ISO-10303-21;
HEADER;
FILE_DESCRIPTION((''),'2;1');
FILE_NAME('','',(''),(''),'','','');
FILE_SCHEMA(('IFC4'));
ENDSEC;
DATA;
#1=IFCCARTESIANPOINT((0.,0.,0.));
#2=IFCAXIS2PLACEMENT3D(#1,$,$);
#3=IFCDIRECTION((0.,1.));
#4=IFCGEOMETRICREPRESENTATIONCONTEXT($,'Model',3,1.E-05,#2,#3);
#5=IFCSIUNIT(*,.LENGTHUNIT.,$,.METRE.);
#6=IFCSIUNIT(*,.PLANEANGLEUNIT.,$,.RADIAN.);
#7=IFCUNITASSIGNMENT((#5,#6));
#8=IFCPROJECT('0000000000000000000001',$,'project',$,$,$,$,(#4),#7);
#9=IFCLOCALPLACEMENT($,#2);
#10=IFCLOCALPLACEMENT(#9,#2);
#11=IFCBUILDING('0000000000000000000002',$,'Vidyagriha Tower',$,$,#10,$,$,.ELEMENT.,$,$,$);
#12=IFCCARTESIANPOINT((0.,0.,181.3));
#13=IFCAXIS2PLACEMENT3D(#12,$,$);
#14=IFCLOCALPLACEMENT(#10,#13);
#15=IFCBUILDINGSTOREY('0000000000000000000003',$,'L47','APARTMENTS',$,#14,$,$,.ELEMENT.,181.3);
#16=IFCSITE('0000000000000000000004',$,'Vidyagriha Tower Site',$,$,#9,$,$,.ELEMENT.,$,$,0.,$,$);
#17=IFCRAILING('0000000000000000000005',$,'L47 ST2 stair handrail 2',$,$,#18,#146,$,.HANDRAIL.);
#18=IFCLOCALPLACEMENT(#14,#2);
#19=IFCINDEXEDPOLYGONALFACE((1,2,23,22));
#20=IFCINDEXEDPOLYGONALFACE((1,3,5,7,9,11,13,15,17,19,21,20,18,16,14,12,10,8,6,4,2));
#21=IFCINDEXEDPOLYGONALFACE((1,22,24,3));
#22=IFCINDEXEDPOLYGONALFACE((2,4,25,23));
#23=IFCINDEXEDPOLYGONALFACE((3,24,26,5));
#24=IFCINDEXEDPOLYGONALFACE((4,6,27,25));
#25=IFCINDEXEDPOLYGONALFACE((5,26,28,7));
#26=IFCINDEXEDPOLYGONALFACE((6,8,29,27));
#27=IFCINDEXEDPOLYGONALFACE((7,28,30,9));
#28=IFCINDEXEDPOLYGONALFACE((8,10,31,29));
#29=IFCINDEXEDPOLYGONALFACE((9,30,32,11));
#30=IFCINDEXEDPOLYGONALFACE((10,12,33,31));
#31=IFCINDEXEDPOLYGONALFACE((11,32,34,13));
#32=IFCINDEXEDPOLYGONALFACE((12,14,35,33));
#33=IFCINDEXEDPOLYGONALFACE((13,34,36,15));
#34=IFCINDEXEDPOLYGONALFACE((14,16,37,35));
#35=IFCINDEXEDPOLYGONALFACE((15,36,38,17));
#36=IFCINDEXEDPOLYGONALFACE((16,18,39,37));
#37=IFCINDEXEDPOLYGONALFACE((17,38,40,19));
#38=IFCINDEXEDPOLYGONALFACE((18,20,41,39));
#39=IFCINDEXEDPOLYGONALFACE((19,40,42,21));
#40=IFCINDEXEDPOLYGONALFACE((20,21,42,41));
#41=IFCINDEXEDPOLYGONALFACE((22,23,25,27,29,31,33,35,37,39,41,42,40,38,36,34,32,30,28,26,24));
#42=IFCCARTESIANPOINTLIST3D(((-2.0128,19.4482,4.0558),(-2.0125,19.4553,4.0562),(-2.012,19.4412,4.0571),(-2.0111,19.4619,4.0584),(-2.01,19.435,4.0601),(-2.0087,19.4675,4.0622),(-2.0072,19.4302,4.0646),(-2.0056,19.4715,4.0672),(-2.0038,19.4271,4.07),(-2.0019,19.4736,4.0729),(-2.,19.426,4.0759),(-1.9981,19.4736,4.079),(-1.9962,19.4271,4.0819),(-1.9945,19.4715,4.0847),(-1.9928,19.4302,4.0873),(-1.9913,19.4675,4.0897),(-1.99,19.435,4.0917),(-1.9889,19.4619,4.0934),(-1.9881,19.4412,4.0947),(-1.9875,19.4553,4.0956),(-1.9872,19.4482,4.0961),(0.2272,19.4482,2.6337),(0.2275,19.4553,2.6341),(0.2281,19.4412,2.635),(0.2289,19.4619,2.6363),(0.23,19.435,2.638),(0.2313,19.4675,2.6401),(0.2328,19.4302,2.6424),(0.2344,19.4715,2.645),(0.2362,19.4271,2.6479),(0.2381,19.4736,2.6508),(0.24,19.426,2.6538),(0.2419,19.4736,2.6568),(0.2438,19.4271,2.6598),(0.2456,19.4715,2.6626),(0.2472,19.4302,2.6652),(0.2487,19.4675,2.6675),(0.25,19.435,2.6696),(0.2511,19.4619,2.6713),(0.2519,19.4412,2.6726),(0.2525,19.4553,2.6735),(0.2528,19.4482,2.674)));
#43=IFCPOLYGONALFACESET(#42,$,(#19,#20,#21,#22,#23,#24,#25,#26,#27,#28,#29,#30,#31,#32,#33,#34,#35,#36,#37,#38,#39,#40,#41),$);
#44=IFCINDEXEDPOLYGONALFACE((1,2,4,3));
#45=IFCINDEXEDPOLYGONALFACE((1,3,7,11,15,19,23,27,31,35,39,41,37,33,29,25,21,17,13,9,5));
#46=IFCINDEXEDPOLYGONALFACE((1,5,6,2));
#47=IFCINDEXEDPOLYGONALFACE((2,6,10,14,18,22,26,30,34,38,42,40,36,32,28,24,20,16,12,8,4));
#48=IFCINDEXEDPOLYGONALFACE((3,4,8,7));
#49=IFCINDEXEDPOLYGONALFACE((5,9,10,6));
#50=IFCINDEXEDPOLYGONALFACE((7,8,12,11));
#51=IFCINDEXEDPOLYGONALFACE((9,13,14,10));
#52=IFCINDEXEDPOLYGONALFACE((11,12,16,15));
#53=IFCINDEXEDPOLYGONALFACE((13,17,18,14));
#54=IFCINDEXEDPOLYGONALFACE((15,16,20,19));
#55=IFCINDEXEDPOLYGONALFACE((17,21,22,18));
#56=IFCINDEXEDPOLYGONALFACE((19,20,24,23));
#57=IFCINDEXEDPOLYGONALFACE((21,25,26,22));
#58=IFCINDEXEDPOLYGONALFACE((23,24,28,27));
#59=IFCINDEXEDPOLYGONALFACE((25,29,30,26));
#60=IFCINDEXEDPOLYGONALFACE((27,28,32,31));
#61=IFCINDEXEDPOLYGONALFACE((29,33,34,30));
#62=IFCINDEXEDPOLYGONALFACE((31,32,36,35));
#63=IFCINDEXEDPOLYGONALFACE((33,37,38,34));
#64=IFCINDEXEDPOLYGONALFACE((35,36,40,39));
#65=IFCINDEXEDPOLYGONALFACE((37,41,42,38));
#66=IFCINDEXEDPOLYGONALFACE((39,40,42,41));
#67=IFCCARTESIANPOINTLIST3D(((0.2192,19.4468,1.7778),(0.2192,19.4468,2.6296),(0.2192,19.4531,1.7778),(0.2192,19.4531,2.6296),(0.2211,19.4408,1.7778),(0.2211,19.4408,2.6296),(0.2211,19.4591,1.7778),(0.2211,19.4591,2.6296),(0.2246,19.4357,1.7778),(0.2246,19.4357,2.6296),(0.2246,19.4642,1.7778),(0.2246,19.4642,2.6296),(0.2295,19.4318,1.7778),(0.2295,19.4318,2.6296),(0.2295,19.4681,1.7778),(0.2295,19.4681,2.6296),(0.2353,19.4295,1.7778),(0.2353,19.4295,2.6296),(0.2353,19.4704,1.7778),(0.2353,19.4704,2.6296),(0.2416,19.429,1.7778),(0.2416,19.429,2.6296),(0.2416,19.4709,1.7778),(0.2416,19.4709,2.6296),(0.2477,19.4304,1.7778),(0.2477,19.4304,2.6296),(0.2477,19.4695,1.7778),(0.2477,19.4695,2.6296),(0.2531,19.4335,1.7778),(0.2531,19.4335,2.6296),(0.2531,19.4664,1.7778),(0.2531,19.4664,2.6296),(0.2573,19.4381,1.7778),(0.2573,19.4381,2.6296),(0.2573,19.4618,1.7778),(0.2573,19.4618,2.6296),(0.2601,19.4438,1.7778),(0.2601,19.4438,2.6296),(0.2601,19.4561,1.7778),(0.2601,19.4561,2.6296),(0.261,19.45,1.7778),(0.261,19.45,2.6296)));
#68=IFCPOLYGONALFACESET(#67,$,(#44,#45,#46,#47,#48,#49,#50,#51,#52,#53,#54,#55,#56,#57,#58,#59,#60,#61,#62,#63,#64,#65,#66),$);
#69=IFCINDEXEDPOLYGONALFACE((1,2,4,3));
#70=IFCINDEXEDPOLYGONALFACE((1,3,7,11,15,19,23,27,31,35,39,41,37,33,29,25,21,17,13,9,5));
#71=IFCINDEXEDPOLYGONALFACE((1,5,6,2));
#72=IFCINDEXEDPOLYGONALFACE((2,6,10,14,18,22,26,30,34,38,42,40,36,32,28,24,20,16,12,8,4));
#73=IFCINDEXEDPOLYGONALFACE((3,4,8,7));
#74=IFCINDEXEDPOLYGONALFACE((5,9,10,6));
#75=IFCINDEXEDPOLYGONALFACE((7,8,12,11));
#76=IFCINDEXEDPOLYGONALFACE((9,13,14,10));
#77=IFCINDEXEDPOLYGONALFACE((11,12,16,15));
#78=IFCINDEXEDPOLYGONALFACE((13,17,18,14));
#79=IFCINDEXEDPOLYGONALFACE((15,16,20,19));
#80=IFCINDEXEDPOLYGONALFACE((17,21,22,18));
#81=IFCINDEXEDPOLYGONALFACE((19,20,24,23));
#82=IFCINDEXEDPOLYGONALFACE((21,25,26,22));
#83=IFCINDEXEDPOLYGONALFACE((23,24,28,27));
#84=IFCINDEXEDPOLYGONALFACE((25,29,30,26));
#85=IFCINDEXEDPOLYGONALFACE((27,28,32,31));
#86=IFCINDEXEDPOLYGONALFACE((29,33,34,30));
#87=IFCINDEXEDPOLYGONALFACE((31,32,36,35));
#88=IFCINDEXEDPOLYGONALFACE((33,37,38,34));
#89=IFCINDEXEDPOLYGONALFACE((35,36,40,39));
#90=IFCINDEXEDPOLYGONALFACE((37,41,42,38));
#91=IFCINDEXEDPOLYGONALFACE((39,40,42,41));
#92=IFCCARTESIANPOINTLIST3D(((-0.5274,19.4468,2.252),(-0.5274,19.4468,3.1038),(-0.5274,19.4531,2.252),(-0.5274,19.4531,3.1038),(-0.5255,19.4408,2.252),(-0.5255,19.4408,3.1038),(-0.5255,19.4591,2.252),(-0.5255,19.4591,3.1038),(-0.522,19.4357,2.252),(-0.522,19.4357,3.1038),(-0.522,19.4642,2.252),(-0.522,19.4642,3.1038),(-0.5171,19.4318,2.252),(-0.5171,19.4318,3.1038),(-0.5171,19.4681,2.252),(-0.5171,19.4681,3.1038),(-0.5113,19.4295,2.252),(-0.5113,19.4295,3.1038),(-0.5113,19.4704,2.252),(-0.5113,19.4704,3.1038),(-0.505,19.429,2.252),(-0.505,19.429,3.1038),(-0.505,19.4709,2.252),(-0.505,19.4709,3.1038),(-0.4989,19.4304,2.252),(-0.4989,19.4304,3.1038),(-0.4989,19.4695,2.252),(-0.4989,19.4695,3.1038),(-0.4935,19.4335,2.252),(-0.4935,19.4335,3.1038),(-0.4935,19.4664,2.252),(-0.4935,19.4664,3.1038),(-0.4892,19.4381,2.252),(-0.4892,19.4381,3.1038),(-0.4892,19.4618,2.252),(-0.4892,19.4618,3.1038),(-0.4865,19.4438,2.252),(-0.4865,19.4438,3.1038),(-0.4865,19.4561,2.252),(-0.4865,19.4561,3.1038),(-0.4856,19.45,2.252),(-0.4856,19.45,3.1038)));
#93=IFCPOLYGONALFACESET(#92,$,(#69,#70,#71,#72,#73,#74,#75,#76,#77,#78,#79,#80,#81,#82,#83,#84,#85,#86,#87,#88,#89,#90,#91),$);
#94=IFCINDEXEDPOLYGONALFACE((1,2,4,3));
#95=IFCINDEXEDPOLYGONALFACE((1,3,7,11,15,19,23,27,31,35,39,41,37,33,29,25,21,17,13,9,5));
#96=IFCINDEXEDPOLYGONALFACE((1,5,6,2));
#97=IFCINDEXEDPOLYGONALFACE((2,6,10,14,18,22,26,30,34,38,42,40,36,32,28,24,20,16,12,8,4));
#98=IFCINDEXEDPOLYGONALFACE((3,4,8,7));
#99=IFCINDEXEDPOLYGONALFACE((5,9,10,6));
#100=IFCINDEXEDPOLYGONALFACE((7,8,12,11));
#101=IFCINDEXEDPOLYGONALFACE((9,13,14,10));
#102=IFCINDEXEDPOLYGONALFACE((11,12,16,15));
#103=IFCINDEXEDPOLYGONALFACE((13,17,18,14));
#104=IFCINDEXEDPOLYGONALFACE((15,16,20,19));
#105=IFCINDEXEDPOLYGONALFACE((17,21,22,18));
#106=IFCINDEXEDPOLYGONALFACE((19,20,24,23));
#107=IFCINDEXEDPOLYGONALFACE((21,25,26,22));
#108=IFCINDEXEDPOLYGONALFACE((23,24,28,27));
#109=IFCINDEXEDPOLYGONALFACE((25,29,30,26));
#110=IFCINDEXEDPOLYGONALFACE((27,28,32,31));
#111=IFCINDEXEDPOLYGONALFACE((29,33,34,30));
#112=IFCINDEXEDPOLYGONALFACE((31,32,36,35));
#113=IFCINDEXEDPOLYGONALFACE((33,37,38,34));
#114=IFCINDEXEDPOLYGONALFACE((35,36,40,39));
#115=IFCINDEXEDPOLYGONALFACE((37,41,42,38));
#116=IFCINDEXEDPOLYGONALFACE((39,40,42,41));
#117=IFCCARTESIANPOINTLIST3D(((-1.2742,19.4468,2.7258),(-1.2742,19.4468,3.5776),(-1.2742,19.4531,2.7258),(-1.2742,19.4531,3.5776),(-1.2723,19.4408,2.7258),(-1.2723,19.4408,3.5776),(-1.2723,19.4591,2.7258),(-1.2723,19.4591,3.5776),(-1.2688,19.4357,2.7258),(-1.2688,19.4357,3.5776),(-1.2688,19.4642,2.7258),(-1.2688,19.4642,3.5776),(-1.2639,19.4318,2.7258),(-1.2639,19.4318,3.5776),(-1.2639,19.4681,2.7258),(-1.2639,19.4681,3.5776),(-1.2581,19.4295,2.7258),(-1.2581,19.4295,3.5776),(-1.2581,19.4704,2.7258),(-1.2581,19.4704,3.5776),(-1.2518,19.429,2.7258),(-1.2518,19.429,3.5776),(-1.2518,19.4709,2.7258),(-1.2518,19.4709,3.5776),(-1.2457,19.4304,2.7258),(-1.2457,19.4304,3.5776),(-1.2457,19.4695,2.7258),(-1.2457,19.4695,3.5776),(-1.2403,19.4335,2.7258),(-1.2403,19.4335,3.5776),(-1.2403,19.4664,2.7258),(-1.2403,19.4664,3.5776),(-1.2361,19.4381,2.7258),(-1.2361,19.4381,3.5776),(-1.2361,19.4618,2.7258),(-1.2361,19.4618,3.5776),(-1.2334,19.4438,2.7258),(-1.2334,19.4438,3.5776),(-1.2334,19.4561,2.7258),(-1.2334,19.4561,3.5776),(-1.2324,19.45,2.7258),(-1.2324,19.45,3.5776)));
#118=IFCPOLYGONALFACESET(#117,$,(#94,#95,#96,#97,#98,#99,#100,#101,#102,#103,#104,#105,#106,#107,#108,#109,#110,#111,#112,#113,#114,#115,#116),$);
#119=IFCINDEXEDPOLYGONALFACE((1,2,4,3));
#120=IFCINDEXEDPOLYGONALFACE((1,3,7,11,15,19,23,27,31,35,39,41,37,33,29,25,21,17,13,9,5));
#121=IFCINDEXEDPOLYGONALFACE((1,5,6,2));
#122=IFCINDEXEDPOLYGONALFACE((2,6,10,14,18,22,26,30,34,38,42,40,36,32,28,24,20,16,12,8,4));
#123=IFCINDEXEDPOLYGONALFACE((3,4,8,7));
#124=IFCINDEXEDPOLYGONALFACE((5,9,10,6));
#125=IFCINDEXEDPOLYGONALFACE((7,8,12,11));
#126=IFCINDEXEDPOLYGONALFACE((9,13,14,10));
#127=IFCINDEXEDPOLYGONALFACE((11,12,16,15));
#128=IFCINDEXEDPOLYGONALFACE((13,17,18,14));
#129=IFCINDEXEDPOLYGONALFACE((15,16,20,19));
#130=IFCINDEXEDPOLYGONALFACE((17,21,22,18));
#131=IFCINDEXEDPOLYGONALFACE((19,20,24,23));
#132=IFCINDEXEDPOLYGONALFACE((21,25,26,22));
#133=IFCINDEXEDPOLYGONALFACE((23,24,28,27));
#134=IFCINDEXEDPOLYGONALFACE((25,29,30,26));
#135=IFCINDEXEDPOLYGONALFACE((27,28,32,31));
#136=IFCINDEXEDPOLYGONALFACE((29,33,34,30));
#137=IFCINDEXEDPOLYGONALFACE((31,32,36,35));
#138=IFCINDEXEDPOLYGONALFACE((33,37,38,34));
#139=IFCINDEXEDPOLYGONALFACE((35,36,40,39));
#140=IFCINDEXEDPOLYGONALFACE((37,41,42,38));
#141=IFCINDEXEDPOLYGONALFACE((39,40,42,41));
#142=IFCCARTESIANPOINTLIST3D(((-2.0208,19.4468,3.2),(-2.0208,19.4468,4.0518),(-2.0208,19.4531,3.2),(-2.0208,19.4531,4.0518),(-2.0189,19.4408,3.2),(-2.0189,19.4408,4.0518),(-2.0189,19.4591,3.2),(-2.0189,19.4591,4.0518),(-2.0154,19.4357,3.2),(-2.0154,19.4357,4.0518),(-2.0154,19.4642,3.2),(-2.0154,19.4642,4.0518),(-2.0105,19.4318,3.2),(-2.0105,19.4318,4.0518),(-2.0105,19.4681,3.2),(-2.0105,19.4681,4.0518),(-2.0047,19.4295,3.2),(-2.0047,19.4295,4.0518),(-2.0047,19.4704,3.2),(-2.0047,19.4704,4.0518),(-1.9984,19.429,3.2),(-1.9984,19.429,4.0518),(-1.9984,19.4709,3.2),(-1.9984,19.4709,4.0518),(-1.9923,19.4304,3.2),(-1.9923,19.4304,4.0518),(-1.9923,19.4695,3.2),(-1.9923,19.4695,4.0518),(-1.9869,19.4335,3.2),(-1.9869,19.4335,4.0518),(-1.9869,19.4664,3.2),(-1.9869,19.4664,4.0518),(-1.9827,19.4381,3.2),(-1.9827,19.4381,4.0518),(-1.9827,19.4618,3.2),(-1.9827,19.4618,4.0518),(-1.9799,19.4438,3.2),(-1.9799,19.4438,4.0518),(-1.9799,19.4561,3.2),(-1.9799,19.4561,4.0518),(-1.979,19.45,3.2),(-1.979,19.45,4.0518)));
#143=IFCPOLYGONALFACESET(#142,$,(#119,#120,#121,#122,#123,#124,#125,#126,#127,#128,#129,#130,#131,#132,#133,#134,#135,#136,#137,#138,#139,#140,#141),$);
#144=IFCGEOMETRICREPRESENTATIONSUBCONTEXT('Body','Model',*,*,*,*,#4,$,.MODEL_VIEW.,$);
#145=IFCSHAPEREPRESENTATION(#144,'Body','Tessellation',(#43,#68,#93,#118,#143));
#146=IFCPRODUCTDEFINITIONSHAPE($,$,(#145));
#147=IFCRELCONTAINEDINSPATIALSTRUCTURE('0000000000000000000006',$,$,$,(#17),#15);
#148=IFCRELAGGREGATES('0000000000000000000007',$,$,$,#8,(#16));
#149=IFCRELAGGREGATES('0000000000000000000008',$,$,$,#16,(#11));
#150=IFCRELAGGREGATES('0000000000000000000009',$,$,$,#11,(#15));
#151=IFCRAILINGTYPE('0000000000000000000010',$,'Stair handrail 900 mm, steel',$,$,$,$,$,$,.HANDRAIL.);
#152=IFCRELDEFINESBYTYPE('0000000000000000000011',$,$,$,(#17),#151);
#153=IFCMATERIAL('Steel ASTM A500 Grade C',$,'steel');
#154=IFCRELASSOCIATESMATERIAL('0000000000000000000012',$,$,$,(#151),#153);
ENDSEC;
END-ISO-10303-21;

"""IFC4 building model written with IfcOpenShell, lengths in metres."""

from ifc_helpers import new_model, si_unit, direction, frame, origin, origin_2d, place, context, subcontext, project, spatial, circle, extrude, material, type_object, element, save


model = new_model("IFC4")

# Units and contexts
model_context = context("Model", 3, precision=1e-05, world=origin(), true_north=direction((0.0, 1.0)))
body_context = subcontext(model_context, "Body", "Model", "MODEL_VIEW")
ifc_project = project(units=[si_unit("LENGTHUNIT", "METRE"), si_unit("PLANEANGLEUNIT", "RADIAN")], contexts=[model_context])

# Site, building, storey
site_placement = place(None, origin())
site = spatial("IfcSite", under=ifc_project, at=site_placement, Name="Vidyagriha Tower Site", CompositionType="ELEMENT", RefElevation=0.0)
building_placement = place(site_placement, origin())
building = spatial("IfcBuilding", under=site, at=building_placement, Name="Vidyagriha Tower", CompositionType="ELEMENT")
storey_placement = place(building_placement, frame((0.0, 0.0, 181.3)))
storey = spatial("IfcBuildingStorey", under=building, at=storey_placement, Name="L47", Description="APARTMENTS", CompositionType="ELEMENT", Elevation=181.3)

# Railing
ifc_material_1 = material(Name="Steel ASTM A500 Grade C", Category="steel")
railing_type_1 = type_object("IfcRailingType", Name="Stair handrail 900 mm, steel", PredefinedType="HANDRAIL", material=ifc_material_1)
railing_1_placement = place(storey_placement, frame((0.24, 19.45, 1.7778)))
element("IfcRailing", 1, at=railing_1_placement, inside=storey, type_object=railing_type_1, Name="L47 ST2 stair handrail 2", PredefinedType="HANDRAIL", context=body_context, shape_type="SweptSolid", body=[
    extrude(circle(Radius=0.0239, at=origin_2d()), frame((0.0, 0.0, 0.876), z_axis=(-0.844229, 0.0, 0.535982), x_axis=(0.0, -1.0, 0.0)), (0.0, 0.0, 1.0), 2.6533),
    extrude(circle(Radius=0.021, at=origin_2d()), origin(), (0.0, 0.0, 1.0), 0.8518),
    extrude(circle(Radius=0.021, at=origin_2d()), frame((-0.7466, 0.0, 0.4741)), (0.0, 0.0, 1.0), 0.8518),
    extrude(circle(Radius=0.021, at=origin_2d()), frame((-1.4934, 0.0, 0.948)), (0.0, 0.0, 1.0), 0.8518),
    extrude(circle(Radius=0.021, at=origin_2d()), frame((-2.24, 0.0, 1.4221)), (0.0, 0.0, 1.0), 0.8518),
])

save(model, "model.ifc")
